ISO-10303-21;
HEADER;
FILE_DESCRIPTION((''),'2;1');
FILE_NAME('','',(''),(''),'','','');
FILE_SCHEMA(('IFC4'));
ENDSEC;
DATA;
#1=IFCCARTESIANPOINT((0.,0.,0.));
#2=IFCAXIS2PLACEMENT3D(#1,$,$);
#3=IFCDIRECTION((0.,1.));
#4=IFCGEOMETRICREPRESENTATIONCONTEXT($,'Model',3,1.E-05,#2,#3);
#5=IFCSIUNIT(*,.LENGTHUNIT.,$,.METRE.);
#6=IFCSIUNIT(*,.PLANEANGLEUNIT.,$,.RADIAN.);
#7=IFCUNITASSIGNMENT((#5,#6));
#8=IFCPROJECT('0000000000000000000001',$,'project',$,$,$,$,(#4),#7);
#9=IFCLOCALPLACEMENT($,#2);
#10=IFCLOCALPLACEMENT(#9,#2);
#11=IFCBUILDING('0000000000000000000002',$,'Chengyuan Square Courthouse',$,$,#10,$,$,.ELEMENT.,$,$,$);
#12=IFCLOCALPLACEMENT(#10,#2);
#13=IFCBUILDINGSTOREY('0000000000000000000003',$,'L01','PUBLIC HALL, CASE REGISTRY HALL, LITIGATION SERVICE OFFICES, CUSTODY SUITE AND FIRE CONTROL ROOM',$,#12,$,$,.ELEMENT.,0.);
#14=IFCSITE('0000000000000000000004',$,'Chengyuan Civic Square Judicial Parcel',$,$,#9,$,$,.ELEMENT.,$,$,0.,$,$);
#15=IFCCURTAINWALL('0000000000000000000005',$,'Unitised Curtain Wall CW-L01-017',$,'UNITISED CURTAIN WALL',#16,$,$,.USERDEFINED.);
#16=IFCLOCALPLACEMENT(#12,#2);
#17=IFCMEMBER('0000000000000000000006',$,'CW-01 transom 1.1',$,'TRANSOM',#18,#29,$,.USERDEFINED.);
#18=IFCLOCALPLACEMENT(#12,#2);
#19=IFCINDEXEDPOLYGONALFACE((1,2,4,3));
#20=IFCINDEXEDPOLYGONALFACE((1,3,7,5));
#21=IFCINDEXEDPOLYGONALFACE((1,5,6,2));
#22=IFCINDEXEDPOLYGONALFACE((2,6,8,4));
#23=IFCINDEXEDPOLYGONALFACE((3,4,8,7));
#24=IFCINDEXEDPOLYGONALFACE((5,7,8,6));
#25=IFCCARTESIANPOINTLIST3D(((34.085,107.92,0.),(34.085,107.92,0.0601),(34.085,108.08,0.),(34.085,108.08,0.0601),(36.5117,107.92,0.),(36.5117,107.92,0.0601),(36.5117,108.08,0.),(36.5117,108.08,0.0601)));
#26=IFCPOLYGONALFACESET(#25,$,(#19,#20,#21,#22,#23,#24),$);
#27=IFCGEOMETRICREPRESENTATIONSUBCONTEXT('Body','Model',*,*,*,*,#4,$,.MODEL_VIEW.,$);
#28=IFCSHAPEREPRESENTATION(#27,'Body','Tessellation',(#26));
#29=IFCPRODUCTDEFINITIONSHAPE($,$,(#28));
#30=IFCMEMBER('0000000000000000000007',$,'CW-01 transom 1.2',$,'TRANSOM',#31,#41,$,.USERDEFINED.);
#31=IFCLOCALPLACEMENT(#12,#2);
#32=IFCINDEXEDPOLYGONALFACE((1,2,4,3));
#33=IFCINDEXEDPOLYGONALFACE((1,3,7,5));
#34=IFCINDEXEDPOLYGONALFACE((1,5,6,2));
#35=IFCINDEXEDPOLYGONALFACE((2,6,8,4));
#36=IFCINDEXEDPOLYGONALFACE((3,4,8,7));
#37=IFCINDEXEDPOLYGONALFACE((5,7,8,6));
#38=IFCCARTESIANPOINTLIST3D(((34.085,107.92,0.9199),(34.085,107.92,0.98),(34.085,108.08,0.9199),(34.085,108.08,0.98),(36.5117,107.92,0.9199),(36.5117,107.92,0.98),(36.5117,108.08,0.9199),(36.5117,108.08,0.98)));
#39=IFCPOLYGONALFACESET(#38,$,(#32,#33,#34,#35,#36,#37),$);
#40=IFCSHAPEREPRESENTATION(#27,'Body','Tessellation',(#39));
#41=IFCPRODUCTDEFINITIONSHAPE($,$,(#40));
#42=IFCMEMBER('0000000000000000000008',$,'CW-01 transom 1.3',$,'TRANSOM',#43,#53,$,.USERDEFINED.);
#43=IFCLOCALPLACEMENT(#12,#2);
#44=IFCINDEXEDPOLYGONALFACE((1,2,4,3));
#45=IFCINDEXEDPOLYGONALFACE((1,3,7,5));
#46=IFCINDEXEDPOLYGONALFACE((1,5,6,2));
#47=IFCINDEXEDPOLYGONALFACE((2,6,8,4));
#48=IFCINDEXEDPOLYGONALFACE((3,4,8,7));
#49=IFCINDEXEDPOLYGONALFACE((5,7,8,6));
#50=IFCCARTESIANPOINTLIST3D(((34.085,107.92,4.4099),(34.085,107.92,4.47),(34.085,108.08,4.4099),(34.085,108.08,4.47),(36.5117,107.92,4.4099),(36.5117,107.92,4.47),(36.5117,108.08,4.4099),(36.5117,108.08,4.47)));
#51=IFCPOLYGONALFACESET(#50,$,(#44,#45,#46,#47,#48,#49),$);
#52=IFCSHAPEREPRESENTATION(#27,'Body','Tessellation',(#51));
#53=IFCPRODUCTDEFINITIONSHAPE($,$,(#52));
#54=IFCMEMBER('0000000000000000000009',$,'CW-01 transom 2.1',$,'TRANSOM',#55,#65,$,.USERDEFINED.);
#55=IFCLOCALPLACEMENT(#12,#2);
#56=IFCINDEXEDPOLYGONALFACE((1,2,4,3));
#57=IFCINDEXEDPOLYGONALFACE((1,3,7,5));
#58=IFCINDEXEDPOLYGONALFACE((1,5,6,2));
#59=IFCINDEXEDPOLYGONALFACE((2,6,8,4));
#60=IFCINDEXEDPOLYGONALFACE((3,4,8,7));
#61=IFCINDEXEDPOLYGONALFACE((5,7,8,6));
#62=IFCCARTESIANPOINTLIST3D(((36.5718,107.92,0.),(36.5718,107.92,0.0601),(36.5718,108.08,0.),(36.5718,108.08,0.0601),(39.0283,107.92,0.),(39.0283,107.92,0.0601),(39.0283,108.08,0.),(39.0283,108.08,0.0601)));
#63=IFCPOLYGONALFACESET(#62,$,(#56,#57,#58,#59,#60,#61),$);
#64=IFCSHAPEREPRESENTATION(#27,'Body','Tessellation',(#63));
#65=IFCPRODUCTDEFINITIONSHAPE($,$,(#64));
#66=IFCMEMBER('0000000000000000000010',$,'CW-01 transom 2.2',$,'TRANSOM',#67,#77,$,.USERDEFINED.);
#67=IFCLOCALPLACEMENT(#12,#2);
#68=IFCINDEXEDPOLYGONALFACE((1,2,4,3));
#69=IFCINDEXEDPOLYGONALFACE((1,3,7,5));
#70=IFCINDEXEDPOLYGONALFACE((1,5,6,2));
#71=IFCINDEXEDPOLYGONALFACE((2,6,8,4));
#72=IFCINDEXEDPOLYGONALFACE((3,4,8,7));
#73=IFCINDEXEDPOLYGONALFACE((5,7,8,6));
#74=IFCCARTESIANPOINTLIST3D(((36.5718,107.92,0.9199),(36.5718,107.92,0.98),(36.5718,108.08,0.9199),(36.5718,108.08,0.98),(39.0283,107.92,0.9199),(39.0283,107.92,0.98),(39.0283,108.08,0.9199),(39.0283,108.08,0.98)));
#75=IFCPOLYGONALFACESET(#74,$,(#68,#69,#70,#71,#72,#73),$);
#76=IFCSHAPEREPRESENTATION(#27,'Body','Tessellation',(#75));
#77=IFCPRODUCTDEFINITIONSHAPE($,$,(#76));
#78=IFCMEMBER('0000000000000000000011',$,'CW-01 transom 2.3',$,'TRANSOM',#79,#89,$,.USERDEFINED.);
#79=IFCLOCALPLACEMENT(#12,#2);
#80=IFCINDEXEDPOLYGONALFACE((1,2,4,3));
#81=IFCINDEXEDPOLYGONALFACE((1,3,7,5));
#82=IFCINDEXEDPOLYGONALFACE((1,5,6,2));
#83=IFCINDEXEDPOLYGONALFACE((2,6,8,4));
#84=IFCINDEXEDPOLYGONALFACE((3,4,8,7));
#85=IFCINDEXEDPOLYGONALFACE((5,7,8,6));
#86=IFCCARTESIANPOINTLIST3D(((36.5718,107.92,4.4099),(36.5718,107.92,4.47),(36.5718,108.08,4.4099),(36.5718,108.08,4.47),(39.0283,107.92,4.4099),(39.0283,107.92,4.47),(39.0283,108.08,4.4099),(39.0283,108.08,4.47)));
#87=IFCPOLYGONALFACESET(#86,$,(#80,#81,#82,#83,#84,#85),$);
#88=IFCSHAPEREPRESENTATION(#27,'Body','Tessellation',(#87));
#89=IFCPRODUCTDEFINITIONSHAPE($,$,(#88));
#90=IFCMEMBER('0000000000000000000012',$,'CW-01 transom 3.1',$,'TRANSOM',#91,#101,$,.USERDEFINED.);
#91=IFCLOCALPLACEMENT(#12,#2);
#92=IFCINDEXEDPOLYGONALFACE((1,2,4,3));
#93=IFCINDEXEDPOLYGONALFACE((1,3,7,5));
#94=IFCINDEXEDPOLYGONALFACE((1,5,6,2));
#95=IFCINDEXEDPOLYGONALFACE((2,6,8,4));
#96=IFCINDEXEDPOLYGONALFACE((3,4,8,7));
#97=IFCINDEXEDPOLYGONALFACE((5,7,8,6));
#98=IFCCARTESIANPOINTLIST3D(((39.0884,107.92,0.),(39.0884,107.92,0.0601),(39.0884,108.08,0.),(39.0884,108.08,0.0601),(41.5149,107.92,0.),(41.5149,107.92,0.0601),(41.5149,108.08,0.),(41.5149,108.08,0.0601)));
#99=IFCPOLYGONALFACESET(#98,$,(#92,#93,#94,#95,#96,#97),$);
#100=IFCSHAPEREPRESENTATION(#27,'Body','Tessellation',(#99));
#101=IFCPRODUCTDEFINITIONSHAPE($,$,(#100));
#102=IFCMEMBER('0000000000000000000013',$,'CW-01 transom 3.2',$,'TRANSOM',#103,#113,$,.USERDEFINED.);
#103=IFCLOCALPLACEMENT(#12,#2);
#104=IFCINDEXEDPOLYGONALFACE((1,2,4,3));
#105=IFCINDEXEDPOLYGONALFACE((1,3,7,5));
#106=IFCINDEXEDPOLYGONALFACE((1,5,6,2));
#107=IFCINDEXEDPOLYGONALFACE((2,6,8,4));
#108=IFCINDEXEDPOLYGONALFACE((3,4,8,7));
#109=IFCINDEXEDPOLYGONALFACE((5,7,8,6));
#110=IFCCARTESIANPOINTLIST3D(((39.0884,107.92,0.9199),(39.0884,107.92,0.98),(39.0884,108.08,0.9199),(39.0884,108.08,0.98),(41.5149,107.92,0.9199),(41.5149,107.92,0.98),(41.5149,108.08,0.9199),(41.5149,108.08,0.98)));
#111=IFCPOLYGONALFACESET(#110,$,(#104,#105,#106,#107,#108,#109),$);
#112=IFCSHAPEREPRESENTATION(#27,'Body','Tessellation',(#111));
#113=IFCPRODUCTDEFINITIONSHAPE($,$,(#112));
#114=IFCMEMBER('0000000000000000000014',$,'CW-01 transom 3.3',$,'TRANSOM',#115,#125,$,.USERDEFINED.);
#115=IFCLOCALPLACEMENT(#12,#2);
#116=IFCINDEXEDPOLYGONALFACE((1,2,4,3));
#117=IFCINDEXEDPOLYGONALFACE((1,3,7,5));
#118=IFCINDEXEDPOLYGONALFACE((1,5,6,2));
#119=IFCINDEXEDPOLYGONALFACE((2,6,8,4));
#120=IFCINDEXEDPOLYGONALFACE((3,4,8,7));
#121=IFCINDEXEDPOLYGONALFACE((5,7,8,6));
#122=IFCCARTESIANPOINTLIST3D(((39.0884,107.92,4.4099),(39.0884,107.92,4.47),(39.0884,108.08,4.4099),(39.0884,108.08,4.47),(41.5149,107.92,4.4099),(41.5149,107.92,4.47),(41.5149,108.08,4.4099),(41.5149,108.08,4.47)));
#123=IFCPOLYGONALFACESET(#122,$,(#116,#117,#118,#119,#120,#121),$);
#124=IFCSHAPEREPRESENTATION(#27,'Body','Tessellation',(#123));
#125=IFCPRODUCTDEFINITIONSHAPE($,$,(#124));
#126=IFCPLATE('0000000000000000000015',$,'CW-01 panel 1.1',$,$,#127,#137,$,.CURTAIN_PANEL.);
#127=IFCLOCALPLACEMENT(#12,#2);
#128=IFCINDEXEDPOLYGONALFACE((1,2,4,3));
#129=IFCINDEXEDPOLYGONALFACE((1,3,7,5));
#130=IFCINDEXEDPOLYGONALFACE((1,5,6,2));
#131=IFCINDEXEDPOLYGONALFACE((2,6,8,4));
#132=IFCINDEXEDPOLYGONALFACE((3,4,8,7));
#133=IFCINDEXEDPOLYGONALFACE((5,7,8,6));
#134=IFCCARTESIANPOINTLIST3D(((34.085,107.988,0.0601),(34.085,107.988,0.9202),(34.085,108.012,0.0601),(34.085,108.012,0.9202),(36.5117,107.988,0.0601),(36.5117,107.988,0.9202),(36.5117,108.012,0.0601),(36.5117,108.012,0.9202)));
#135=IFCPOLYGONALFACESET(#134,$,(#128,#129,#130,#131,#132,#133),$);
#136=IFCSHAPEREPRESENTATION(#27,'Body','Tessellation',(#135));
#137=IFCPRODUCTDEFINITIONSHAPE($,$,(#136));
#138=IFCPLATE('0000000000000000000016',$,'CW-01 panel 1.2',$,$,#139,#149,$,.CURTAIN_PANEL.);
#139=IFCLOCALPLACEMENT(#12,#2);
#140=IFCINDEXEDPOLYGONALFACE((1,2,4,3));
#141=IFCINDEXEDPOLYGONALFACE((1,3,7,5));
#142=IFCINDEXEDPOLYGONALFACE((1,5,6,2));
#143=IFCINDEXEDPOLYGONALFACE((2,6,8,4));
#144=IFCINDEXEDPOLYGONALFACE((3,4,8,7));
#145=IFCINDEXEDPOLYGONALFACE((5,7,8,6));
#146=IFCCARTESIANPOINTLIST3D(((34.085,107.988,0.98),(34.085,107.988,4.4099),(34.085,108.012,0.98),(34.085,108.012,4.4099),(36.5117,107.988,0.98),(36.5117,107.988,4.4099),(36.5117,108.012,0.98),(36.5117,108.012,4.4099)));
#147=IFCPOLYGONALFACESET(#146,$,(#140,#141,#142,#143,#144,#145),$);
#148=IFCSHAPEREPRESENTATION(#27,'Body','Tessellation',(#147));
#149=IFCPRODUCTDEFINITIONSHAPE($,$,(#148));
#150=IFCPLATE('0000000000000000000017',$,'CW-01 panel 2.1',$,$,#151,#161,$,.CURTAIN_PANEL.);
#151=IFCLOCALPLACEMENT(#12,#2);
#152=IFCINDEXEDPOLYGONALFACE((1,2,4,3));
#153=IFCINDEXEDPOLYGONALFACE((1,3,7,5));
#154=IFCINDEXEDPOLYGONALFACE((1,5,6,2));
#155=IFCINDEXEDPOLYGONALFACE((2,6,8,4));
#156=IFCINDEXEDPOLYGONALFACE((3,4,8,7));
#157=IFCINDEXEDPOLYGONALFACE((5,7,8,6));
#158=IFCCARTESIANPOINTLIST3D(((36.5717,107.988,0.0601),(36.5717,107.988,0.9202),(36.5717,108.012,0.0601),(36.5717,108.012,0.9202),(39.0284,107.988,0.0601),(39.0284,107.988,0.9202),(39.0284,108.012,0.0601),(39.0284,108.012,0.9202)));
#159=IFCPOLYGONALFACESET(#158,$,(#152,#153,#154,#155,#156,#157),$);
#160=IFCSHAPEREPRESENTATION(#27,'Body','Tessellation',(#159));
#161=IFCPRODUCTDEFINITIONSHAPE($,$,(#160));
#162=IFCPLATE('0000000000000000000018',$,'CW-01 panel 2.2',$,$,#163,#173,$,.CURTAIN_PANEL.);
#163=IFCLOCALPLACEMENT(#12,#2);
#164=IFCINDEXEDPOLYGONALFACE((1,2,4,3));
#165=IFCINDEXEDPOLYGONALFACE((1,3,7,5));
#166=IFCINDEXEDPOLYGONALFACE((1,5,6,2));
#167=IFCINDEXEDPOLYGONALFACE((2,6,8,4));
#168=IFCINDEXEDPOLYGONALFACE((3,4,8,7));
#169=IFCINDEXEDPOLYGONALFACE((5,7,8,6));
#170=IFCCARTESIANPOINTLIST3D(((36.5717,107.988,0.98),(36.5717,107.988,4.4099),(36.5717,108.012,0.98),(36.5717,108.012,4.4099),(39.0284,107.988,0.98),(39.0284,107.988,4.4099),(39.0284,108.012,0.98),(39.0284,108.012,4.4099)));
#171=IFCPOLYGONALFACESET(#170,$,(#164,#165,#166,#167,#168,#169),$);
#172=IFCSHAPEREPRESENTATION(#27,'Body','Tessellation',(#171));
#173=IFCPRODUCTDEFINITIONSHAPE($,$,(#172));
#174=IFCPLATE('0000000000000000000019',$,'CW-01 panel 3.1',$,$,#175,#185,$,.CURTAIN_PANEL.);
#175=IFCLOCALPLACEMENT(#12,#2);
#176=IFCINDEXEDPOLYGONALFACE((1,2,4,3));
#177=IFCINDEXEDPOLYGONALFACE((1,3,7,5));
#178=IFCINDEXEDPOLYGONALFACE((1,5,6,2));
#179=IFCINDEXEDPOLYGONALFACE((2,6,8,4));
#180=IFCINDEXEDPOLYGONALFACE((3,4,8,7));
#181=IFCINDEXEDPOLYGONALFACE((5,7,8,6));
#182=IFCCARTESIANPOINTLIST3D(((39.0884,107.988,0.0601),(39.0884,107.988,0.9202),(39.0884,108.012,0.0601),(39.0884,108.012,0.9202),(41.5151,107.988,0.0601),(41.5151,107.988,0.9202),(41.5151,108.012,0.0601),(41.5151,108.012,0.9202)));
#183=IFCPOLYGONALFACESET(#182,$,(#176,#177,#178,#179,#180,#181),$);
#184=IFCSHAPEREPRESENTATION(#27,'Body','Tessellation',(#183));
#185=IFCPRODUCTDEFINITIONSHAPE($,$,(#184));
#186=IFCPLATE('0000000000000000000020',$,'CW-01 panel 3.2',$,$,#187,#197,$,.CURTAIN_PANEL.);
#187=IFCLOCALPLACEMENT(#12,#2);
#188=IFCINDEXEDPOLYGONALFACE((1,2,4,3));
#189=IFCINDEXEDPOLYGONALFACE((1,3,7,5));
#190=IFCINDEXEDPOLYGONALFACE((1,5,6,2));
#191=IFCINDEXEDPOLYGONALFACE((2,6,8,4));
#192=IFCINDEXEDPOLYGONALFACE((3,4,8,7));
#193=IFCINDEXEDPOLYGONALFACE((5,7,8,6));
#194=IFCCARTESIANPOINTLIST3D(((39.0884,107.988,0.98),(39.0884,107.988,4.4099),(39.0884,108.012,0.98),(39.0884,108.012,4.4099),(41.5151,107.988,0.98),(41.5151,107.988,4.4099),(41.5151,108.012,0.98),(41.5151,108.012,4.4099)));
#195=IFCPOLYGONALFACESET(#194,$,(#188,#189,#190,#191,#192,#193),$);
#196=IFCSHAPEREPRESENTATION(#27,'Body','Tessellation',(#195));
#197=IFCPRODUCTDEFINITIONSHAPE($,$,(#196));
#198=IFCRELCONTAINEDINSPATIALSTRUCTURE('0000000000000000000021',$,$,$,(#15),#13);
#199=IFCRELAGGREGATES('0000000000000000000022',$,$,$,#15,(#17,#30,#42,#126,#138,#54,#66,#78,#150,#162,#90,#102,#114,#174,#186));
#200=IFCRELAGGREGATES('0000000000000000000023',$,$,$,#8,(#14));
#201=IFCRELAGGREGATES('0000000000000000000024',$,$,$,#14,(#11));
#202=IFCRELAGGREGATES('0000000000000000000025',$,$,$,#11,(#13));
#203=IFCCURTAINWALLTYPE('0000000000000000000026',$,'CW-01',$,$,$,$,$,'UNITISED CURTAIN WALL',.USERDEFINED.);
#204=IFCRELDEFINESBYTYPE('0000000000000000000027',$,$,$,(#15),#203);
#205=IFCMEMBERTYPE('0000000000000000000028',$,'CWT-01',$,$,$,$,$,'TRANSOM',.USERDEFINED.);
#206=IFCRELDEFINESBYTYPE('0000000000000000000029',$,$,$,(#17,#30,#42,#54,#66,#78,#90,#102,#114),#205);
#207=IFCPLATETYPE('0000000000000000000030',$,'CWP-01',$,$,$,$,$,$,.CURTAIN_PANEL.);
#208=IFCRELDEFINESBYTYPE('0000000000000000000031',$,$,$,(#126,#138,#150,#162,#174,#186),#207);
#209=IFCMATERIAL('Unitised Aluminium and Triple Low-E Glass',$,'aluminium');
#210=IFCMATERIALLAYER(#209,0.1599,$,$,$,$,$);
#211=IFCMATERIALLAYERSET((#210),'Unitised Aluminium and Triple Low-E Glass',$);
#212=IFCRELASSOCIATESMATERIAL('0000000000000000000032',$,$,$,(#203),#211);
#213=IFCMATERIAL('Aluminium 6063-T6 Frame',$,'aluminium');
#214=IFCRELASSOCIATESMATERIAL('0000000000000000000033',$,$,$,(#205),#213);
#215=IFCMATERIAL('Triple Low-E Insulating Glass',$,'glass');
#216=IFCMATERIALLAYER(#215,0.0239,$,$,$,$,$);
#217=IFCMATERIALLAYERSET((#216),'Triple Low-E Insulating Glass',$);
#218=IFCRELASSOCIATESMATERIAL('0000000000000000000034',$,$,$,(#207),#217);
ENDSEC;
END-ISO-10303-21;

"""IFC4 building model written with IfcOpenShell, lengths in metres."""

from ifc_helpers import new_model, si_unit, direction, frame, origin, origin_2d, place, context, subcontext, project, spatial, rectangle, extrude, material, layer, layer_set, material_profile, profile_set, type_object, element, aggregate, save


model = new_model("IFC4")

# Units and contexts
model_context = context("Model", 3, precision=1e-05, world=origin(), true_north=direction((0.0, 1.0)))
body_context = subcontext(model_context, "Body", "Model", "MODEL_VIEW")
ifc_project = project(units=[si_unit("LENGTHUNIT", "METRE"), si_unit("PLANEANGLEUNIT", "RADIAN")], contexts=[model_context])

# Site, building, storey
site_placement = place(None, origin())
site = spatial("IfcSite", under=ifc_project, at=site_placement, Name="Chengyuan Civic Square Judicial Parcel", CompositionType="ELEMENT", RefElevation=0.0)
building_placement = place(site_placement, origin())
building = spatial("IfcBuilding", under=site, at=building_placement, Name="Chengyuan Square Courthouse", CompositionType="ELEMENT")
storey_placement = place(building_placement, origin())
storey = spatial("IfcBuildingStorey", under=building, at=storey_placement, Name="L01", Description="PUBLIC HALL, CASE REGISTRY HALL, LITIGATION SERVICE OFFICES, CUSTODY SUITE AND FIRE CONTROL ROOM", CompositionType="ELEMENT", Elevation=0.0)

# Curtain wall, members, plates
ifc_material_1 = material(Name="Unitised Aluminium and Triple Low-E Glass", Category="aluminium")
ifc_layer_1 = layer(ifc_material_1, 0.1599)
ifc_layer_set_1 = layer_set([ifc_layer_1], Name="Unitised Aluminium and Triple Low-E Glass")
curtain_wall_type = type_object("IfcCurtainWallType", Name="CW-01", ElementType="UNITISED CURTAIN WALL", PredefinedType="USERDEFINED", material=ifc_layer_set_1)
curtain_wall_placement = place(storey_placement, origin())
curtain_wall = element("IfcCurtainWall", 1, at=curtain_wall_placement, inside=storey, type_object=curtain_wall_type, Name="Unitised Curtain Wall CW-L01-017", ObjectType="UNITISED CURTAIN WALL", PredefinedType="USERDEFINED")
ifc_material_2 = material(Name="Aluminium 6063-T6 Frame", Category="aluminium")
ifc_material_profile_1 = material_profile(ifc_material_2, rectangle(XDim=0.1599, YDim=0.0601, at=origin_2d()), Name="CW-TRN-60x120")
ifc_profile_set_1 = profile_set([ifc_material_profile_1], Name="Aluminium 6063-T6 Frame")
member_type_1 = type_object("IfcMemberType", Name="CWT-01", ElementType="TRANSOM", PredefinedType="USERDEFINED", material=ifc_profile_set_1)
member_1_placement = place(storey_placement, frame((34.085, 108.0, 0.03), z_axis=(1.0, 0.0, 0.0), x_axis=(0.0, 1.0, 0.0)))
member_1 = element("IfcMember", 2, at=member_1_placement, type_object=member_type_1, Name="CW-01 transom 1.1", ObjectType="TRANSOM", PredefinedType="USERDEFINED", context=body_context, shape_type="SweptSolid", body=[
    extrude(rectangle(XDim=0.1599, YDim=0.0601, at=origin_2d()), origin(), (0.0, 0.0, 1.0), 2.4268),
])
member_2_placement = place(storey_placement, frame((34.085, 108.0, 0.95), z_axis=(1.0, 0.0, 0.0), x_axis=(0.0, 1.0, 0.0)))
member_2 = element("IfcMember", 3, at=member_2_placement, type_object=member_type_1, Name="CW-01 transom 1.2", ObjectType="TRANSOM", PredefinedType="USERDEFINED", context=body_context, shape_type="SweptSolid", body=[
    extrude(rectangle(XDim=0.1599, YDim=0.0601, at=origin_2d()), origin(), (0.0, 0.0, 1.0), 2.4268),
])
member_3_placement = place(storey_placement, frame((34.085, 108.0, 4.4399), z_axis=(1.0, 0.0, 0.0), x_axis=(0.0, 1.0, 0.0)))
member_3 = element("IfcMember", 4, at=member_3_placement, type_object=member_type_1, Name="CW-01 transom 1.3", ObjectType="TRANSOM", PredefinedType="USERDEFINED", context=body_context, shape_type="SweptSolid", body=[
    extrude(rectangle(XDim=0.1599, YDim=0.0601, at=origin_2d()), origin(), (0.0, 0.0, 1.0), 2.4268),
])
member_4_placement = place(storey_placement, frame((36.5718, 108.0, 0.03), z_axis=(1.0, 0.0, 0.0), x_axis=(0.0, 1.0, 0.0)))
member_4 = element("IfcMember", 5, at=member_4_placement, type_object=member_type_1, Name="CW-01 transom 2.1", ObjectType="TRANSOM", PredefinedType="USERDEFINED", context=body_context, shape_type="SweptSolid", body=[
    extrude(rectangle(XDim=0.1599, YDim=0.0601, at=origin_2d()), origin(), (0.0, 0.0, 1.0), 2.4565),
])
member_5_placement = place(storey_placement, frame((36.5718, 108.0, 0.95), z_axis=(1.0, 0.0, 0.0), x_axis=(0.0, 1.0, 0.0)))
member_5 = element("IfcMember", 6, at=member_5_placement, type_object=member_type_1, Name="CW-01 transom 2.2", ObjectType="TRANSOM", PredefinedType="USERDEFINED", context=body_context, shape_type="SweptSolid", body=[
    extrude(rectangle(XDim=0.1599, YDim=0.0601, at=origin_2d()), origin(), (0.0, 0.0, 1.0), 2.4565),
])
member_6_placement = place(storey_placement, frame((36.5718, 108.0, 4.4399), z_axis=(1.0, 0.0, 0.0), x_axis=(0.0, 1.0, 0.0)))
member_6 = element("IfcMember", 7, at=member_6_placement, type_object=member_type_1, Name="CW-01 transom 2.3", ObjectType="TRANSOM", PredefinedType="USERDEFINED", context=body_context, shape_type="SweptSolid", body=[
    extrude(rectangle(XDim=0.1599, YDim=0.0601, at=origin_2d()), origin(), (0.0, 0.0, 1.0), 2.4565),
])
member_7_placement = place(storey_placement, frame((39.0884, 108.0, 0.03), z_axis=(1.0, 0.0, 0.0), x_axis=(0.0, 1.0, 0.0)))
member_7 = element("IfcMember", 8, at=member_7_placement, type_object=member_type_1, Name="CW-01 transom 3.1", ObjectType="TRANSOM", PredefinedType="USERDEFINED", context=body_context, shape_type="SweptSolid", body=[
    extrude(rectangle(XDim=0.1599, YDim=0.0601, at=origin_2d()), origin(), (0.0, 0.0, 1.0), 2.4265),
])
member_8_placement = place(storey_placement, frame((39.0884, 108.0, 0.95), z_axis=(1.0, 0.0, 0.0), x_axis=(0.0, 1.0, 0.0)))
member_8 = element("IfcMember", 9, at=member_8_placement, type_object=member_type_1, Name="CW-01 transom 3.2", ObjectType="TRANSOM", PredefinedType="USERDEFINED", context=body_context, shape_type="SweptSolid", body=[
    extrude(rectangle(XDim=0.1599, YDim=0.0601, at=origin_2d()), origin(), (0.0, 0.0, 1.0), 2.4265),
])
member_9_placement = place(storey_placement, frame((39.0884, 108.0, 4.4399), z_axis=(1.0, 0.0, 0.0), x_axis=(0.0, 1.0, 0.0)))
member_9 = element("IfcMember", 10, at=member_9_placement, type_object=member_type_1, Name="CW-01 transom 3.3", ObjectType="TRANSOM", PredefinedType="USERDEFINED", context=body_context, shape_type="SweptSolid", body=[
    extrude(rectangle(XDim=0.1599, YDim=0.0601, at=origin_2d()), origin(), (0.0, 0.0, 1.0), 2.4265),
])
ifc_material_3 = material(Name="Triple Low-E Insulating Glass", Category="glass")
ifc_layer_2 = layer(ifc_material_3, 0.0239)
ifc_layer_set_2 = layer_set([ifc_layer_2], Name="Triple Low-E Insulating Glass")
plate_type = type_object("IfcPlateType", Name="CWP-01", PredefinedType="CURTAIN_PANEL", material=ifc_layer_set_2)
plate_1_placement = place(storey_placement, frame((35.2983, 108.0, 0.0601), z_axis=(0.0, 0.0, 1.0), x_axis=(1.0, 0.0, 0.0)))
plate_1 = element("IfcPlate", 11, at=plate_1_placement, type_object=plate_type, Name="CW-01 panel 1.1", PredefinedType="CURTAIN_PANEL", context=body_context, shape_type="SweptSolid", body=[
    extrude(rectangle(XDim=2.4268, YDim=0.0239, at=origin_2d()), origin(), (0.0, 0.0, 1.0), 0.8601),
])
plate_2_placement = place(storey_placement, frame((35.2983, 108.0, 0.98), z_axis=(0.0, 0.0, 1.0), x_axis=(1.0, 0.0, 0.0)))
plate_2 = element("IfcPlate", 12, at=plate_2_placement, type_object=plate_type, Name="CW-01 panel 1.2", PredefinedType="CURTAIN_PANEL", context=body_context, shape_type="SweptSolid", body=[
    extrude(rectangle(XDim=2.4268, YDim=0.0239, at=origin_2d()), origin(), (0.0, 0.0, 1.0), 3.4299),
])
plate_3_placement = place(storey_placement, frame((37.8, 108.0, 0.0601), z_axis=(0.0, 0.0, 1.0), x_axis=(1.0, 0.0, 0.0)))
plate_3 = element("IfcPlate", 13, at=plate_3_placement, type_object=plate_type, Name="CW-01 panel 2.1", PredefinedType="CURTAIN_PANEL", context=body_context, shape_type="SweptSolid", body=[
    extrude(rectangle(XDim=2.4568, YDim=0.0239, at=origin_2d()), origin(), (0.0, 0.0, 1.0), 0.8601),
])
plate_4_placement = place(storey_placement, frame((37.8, 108.0, 0.98), z_axis=(0.0, 0.0, 1.0), x_axis=(1.0, 0.0, 0.0)))
plate_4 = element("IfcPlate", 14, at=plate_4_placement, type_object=plate_type, Name="CW-01 panel 2.2", PredefinedType="CURTAIN_PANEL", context=body_context, shape_type="SweptSolid", body=[
    extrude(rectangle(XDim=2.4568, YDim=0.0239, at=origin_2d()), origin(), (0.0, 0.0, 1.0), 3.4299),
])
plate_5_placement = place(storey_placement, frame((40.3018, 108.0, 0.0601), z_axis=(0.0, 0.0, 1.0), x_axis=(1.0, 0.0, 0.0)))
plate_5 = element("IfcPlate", 15, at=plate_5_placement, type_object=plate_type, Name="CW-01 panel 3.1", PredefinedType="CURTAIN_PANEL", context=body_context, shape_type="SweptSolid", body=[
    extrude(rectangle(XDim=2.4268, YDim=0.0239, at=origin_2d()), origin(), (0.0, 0.0, 1.0), 0.8601),
])
plate_6_placement = place(storey_placement, frame((40.3018, 108.0, 0.98), z_axis=(0.0, 0.0, 1.0), x_axis=(1.0, 0.0, 0.0)))
plate_6 = element("IfcPlate", 16, at=plate_6_placement, type_object=plate_type, Name="CW-01 panel 3.2", PredefinedType="CURTAIN_PANEL", context=body_context, shape_type="SweptSolid", body=[
    extrude(rectangle(XDim=2.4268, YDim=0.0239, at=origin_2d()), origin(), (0.0, 0.0, 1.0), 3.4299),
])
aggregate(curtain_wall, [member_1, member_2, member_3, plate_1, plate_2, member_4, member_5, member_6, plate_3, plate_4, member_7, member_8, member_9, plate_5, plate_6])

save(model, "model.ifc")
